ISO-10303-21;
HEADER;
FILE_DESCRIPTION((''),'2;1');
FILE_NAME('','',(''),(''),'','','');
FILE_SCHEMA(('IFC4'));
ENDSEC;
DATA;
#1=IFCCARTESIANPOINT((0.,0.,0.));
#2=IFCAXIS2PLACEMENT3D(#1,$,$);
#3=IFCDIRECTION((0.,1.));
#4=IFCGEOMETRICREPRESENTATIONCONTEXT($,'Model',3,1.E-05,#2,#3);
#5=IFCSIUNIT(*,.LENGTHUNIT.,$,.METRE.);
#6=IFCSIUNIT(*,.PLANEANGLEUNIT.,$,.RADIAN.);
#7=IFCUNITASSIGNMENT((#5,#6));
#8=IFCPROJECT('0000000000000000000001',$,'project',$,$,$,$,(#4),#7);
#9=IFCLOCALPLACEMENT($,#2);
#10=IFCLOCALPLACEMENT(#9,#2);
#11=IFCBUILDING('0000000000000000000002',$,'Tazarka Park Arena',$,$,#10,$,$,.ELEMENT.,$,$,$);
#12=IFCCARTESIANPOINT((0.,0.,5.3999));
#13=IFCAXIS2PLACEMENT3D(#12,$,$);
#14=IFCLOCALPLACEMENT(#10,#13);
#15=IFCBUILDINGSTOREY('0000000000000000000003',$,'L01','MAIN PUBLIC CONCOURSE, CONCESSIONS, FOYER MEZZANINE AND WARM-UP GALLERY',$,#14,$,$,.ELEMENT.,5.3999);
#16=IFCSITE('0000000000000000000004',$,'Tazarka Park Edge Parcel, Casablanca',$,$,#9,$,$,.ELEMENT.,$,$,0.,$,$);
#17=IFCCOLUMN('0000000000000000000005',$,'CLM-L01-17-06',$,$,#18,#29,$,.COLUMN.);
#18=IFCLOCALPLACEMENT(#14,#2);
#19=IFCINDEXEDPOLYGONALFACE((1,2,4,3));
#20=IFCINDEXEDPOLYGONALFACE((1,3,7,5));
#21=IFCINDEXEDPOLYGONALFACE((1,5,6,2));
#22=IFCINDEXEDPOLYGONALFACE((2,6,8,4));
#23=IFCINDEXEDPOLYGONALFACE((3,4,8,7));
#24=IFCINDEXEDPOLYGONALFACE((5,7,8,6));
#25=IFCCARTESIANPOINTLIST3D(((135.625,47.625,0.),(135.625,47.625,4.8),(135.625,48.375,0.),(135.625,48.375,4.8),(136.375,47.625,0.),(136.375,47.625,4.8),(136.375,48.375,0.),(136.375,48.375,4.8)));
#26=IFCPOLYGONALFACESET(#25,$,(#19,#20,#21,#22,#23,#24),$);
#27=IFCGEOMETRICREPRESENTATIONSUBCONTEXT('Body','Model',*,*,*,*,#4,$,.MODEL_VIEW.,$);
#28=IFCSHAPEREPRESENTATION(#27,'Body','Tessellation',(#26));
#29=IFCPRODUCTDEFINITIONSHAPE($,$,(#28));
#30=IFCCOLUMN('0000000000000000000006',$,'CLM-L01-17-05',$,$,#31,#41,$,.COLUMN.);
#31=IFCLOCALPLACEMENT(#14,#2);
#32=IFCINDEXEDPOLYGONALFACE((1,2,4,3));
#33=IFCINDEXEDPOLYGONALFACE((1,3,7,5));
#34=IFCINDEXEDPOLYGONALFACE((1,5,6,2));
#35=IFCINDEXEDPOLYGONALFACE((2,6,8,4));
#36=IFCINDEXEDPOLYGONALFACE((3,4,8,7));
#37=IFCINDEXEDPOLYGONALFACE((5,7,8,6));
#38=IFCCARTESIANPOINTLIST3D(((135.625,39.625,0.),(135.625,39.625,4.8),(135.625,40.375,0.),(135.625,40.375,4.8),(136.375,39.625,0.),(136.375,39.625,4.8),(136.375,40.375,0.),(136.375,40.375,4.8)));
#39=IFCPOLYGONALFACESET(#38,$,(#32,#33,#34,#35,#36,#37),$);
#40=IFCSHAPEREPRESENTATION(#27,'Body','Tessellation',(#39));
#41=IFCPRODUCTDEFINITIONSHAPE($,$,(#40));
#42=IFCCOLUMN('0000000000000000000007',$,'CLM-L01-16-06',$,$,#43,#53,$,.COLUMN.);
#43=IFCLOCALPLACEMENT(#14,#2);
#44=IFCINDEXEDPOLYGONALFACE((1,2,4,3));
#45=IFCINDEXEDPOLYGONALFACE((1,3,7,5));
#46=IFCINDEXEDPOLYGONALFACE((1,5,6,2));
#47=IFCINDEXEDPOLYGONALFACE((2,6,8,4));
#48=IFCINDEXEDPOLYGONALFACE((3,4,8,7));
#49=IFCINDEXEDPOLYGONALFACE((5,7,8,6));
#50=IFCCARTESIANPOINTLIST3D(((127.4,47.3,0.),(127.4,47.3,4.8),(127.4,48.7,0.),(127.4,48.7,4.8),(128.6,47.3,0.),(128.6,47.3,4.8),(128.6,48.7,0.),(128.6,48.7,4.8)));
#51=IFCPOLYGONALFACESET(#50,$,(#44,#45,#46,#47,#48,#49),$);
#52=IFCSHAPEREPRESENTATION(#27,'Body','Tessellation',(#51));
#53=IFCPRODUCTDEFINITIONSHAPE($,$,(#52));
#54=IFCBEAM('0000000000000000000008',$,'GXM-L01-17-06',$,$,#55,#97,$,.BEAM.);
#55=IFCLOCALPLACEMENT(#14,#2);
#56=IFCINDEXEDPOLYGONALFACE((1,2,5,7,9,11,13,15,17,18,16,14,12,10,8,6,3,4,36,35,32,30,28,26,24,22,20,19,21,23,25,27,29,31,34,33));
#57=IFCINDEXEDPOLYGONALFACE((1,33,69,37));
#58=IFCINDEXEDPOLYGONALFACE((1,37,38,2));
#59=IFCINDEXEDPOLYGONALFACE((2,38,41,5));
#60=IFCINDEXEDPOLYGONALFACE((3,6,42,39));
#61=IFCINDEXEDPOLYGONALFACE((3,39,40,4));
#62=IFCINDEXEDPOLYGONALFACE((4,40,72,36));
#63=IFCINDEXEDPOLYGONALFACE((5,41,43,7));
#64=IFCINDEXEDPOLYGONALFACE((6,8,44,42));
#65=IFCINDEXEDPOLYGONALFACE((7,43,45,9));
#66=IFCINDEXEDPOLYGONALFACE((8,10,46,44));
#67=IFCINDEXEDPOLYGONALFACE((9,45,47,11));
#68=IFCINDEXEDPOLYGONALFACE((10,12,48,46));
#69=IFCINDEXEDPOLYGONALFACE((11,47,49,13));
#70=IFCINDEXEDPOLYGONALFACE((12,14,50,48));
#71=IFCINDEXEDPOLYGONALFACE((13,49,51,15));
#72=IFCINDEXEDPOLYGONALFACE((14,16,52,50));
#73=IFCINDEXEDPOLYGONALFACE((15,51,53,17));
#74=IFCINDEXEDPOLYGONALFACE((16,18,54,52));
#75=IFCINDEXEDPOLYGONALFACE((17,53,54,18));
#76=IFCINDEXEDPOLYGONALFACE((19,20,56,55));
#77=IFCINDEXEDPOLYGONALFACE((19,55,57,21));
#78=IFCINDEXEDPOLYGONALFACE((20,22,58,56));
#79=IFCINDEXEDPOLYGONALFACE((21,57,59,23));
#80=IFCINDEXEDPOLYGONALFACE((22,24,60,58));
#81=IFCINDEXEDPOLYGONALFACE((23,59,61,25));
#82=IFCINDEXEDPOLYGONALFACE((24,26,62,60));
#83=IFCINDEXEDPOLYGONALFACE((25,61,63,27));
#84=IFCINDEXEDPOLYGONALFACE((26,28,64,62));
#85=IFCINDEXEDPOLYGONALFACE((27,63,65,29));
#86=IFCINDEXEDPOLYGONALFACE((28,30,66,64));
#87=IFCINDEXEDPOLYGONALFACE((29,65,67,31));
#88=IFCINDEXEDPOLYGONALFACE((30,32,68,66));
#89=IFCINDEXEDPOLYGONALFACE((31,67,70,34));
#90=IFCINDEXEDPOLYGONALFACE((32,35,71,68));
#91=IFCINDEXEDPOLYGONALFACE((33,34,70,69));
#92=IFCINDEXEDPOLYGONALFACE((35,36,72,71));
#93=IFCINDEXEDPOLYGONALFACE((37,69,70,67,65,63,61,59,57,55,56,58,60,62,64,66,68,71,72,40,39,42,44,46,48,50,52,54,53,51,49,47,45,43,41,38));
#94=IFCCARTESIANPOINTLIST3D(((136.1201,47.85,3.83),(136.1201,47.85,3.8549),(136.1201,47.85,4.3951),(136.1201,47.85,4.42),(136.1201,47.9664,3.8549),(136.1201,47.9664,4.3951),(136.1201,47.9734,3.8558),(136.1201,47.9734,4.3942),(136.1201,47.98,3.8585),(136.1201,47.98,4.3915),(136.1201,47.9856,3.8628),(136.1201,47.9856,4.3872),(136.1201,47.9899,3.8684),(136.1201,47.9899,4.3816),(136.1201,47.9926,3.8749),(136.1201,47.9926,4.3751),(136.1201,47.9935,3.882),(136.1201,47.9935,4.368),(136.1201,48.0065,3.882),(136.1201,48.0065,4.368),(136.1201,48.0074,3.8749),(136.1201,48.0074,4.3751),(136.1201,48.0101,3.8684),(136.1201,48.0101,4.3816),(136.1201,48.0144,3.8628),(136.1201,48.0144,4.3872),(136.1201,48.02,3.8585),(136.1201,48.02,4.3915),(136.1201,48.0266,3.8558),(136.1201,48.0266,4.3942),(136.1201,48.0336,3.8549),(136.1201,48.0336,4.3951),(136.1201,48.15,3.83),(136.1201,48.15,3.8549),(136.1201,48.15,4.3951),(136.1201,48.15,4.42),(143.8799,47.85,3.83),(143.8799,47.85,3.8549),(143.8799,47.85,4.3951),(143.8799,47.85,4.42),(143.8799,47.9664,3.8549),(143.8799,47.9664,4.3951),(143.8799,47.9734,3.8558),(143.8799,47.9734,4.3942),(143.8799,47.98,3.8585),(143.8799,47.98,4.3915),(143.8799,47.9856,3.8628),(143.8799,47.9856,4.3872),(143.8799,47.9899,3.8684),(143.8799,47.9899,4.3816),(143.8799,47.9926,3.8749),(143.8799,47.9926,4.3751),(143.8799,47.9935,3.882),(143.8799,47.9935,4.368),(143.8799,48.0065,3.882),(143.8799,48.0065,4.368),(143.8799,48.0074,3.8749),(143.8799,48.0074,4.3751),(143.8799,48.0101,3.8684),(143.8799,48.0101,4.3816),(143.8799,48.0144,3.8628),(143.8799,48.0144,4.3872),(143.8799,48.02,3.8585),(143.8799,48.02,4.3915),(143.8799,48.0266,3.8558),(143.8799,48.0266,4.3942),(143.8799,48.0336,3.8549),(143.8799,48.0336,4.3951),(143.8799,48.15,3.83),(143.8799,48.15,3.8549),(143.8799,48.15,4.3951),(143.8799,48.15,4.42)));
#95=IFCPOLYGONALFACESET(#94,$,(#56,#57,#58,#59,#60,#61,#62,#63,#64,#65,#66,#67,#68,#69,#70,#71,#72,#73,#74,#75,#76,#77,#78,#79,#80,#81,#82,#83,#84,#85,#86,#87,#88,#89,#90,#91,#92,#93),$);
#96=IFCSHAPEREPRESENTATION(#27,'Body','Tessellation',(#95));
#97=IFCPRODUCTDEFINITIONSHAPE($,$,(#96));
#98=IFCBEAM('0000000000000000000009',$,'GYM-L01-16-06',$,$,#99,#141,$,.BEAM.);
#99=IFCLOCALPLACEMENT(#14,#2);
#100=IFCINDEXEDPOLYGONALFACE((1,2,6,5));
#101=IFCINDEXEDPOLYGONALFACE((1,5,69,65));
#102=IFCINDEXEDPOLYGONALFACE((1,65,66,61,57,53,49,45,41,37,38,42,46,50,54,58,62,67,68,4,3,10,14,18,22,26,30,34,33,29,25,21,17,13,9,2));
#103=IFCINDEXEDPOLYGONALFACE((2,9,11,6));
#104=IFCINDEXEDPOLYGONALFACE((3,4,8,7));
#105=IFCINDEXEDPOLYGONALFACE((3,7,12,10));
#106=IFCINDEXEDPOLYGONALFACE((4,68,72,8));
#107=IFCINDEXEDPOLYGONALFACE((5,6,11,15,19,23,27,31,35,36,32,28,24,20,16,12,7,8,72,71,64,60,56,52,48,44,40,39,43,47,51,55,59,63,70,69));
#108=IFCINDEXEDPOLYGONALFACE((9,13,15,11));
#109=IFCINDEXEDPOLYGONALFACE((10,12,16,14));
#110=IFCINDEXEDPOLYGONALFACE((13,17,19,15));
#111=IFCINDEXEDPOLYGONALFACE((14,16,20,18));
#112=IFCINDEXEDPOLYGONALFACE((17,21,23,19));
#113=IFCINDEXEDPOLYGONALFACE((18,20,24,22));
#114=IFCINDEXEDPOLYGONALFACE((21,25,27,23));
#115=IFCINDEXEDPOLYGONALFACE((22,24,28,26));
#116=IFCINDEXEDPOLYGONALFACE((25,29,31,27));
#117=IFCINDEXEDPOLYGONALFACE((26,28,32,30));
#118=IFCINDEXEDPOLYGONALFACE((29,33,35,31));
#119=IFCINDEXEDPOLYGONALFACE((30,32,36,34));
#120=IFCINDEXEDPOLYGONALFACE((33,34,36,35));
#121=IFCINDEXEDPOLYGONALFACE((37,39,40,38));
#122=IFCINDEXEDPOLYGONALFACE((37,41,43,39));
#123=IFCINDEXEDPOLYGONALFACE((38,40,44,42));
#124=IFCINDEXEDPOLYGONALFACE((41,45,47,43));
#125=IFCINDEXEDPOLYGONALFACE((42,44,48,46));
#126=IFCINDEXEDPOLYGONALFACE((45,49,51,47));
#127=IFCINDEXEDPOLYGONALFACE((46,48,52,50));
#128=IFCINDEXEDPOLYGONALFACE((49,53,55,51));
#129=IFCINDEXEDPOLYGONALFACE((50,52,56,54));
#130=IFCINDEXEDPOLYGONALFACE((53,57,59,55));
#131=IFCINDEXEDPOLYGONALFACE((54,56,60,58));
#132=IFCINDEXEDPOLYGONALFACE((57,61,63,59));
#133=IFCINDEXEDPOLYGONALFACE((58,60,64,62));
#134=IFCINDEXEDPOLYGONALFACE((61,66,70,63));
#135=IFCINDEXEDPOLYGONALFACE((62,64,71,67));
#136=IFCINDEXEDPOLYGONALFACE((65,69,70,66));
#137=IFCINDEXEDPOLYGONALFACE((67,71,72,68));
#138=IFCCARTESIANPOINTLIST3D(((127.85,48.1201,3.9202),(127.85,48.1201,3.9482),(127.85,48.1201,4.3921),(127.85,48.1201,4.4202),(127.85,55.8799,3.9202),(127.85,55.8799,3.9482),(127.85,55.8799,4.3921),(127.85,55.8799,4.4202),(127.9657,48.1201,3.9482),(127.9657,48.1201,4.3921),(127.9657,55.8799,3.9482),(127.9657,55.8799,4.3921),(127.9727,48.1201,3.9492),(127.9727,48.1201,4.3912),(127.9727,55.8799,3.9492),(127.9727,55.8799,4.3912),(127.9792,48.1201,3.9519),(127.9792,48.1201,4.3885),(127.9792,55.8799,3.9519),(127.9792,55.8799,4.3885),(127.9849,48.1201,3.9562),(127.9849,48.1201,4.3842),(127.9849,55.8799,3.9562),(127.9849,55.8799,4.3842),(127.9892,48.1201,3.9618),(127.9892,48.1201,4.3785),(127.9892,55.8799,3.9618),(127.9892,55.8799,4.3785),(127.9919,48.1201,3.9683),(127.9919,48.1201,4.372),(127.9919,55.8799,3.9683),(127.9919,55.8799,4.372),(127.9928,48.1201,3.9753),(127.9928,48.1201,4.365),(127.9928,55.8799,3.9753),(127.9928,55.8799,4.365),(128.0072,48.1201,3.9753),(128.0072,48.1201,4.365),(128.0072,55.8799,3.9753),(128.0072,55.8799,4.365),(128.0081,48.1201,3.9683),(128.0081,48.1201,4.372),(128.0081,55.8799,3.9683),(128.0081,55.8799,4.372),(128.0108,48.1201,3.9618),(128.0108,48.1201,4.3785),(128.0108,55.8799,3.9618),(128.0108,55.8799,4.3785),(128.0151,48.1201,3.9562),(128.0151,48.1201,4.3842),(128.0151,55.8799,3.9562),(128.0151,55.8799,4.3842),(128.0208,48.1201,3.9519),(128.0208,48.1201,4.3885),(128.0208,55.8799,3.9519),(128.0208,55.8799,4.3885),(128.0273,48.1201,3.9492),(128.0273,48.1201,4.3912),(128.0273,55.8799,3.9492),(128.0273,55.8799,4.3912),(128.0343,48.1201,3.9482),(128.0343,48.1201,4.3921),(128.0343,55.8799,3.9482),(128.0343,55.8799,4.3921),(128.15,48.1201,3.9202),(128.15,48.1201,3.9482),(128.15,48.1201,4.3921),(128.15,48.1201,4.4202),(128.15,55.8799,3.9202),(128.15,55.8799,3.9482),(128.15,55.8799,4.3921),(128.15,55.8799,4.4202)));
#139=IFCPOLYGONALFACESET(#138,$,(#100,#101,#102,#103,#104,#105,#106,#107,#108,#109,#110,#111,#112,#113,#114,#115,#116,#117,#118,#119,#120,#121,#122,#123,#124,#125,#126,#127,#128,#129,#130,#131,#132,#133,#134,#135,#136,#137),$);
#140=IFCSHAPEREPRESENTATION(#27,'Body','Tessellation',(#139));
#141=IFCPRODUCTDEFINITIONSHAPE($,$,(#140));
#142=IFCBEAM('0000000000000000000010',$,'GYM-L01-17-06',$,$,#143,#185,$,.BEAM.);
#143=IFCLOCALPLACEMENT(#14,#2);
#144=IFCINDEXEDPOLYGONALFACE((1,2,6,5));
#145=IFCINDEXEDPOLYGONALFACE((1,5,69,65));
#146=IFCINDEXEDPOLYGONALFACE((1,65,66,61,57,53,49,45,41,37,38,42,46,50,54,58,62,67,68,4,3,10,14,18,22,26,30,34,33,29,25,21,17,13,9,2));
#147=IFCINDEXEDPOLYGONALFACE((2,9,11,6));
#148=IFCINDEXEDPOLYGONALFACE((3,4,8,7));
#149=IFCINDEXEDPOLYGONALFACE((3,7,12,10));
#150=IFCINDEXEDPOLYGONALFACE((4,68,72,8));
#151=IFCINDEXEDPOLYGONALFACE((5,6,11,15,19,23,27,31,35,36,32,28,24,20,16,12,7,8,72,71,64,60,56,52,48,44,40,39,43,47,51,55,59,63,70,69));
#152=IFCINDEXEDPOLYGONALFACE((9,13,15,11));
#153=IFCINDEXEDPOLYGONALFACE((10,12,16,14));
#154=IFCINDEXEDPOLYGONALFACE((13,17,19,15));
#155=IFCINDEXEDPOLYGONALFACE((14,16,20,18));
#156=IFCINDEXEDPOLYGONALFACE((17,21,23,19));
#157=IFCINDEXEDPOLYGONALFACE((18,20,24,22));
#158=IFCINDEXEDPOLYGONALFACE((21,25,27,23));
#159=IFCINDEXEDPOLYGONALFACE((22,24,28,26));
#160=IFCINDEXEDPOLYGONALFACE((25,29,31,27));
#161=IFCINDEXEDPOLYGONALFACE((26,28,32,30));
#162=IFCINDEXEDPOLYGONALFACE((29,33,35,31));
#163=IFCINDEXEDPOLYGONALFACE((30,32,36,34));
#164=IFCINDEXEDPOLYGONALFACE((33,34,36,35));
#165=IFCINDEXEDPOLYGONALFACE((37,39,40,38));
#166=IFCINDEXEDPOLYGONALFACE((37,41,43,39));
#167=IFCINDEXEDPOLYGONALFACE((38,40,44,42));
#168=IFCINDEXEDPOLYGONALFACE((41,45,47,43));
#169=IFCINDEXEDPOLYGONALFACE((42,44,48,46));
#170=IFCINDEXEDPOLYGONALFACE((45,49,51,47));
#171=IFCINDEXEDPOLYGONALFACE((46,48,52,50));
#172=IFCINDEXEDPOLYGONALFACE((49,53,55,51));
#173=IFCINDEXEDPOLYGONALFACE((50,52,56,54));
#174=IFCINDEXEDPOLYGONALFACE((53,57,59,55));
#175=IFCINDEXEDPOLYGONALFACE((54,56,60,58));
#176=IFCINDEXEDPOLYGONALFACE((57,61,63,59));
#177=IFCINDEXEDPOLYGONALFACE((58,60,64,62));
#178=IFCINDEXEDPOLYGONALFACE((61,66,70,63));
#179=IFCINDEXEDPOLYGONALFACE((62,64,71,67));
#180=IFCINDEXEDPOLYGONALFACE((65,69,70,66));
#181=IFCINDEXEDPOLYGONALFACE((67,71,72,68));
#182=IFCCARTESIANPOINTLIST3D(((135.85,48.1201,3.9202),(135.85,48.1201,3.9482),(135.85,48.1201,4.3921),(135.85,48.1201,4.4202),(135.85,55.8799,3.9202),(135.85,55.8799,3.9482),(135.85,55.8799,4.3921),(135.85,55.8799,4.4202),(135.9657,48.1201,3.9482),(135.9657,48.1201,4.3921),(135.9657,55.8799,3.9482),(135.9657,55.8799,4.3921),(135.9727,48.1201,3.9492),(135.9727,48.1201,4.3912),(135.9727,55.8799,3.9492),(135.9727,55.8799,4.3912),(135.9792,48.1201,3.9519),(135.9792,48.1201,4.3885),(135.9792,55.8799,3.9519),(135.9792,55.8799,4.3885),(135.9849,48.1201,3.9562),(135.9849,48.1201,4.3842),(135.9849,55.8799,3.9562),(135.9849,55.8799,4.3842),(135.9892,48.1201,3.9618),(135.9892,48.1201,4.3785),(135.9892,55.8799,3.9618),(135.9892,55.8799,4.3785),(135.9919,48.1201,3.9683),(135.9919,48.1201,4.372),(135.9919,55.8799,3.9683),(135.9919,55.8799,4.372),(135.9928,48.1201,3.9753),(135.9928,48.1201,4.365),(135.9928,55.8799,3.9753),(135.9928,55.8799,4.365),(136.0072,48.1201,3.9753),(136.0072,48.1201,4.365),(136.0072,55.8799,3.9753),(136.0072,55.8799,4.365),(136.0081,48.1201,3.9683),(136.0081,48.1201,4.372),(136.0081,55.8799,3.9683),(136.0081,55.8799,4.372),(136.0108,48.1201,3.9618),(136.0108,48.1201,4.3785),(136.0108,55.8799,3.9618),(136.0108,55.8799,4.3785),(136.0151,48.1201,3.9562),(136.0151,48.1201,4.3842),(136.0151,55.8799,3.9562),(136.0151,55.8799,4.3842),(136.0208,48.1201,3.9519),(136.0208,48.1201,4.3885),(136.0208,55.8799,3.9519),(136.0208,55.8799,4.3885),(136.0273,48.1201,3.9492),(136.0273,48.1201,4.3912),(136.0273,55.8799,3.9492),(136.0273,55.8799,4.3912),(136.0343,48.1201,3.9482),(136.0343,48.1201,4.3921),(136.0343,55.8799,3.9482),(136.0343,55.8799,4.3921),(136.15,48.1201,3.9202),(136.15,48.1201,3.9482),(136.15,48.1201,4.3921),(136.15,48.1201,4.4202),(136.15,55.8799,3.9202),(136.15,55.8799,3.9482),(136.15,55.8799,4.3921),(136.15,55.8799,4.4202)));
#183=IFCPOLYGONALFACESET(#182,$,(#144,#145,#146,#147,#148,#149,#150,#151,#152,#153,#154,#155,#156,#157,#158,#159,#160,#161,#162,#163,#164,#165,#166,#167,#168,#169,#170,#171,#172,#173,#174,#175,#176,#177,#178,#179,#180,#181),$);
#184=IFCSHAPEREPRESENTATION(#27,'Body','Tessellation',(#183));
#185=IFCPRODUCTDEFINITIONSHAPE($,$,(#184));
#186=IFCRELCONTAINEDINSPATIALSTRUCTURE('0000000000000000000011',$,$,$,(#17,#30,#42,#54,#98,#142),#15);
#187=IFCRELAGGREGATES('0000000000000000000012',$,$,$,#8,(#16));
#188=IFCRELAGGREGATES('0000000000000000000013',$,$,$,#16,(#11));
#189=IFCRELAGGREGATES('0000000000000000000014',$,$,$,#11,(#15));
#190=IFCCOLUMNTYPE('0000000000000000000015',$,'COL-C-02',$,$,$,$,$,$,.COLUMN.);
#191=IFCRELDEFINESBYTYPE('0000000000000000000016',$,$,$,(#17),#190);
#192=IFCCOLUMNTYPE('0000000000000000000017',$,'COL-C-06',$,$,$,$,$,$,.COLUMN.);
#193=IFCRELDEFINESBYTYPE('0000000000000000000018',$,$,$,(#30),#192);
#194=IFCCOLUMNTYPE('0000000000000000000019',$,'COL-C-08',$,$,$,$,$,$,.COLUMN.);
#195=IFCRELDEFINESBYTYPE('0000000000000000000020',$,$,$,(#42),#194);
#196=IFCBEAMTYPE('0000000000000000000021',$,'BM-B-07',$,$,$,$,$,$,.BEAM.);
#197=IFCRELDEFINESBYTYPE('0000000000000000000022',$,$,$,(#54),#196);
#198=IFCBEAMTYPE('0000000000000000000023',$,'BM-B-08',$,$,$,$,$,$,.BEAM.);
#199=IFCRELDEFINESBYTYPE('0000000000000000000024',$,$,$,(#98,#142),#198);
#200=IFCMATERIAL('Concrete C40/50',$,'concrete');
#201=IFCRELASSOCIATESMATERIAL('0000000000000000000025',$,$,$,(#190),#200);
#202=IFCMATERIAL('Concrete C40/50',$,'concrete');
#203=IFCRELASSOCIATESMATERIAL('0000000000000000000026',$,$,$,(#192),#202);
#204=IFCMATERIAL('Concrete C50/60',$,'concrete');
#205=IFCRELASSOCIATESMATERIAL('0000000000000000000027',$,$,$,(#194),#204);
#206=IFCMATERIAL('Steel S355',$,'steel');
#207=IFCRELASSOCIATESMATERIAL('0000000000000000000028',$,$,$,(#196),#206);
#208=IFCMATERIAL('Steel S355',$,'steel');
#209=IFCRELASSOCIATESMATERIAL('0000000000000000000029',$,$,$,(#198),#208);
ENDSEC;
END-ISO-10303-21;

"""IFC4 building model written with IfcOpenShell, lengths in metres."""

from ifc_helpers import new_model, si_unit, direction, frame, origin, origin_2d, place, context, subcontext, project, spatial, rectangle, i_section, extrude, material, material_profile, profile_set, type_object, element, save


model = new_model("IFC4")

# Units and contexts
model_context = context("Model", 3, precision=1e-05, world=origin(), true_north=direction((0.0, 1.0)))
body_context = subcontext(model_context, "Body", "Model", "MODEL_VIEW")
ifc_project = project(units=[si_unit("LENGTHUNIT", "METRE"), si_unit("PLANEANGLEUNIT", "RADIAN")], contexts=[model_context])

# Site, building, storey
site_placement = place(None, origin())
site = spatial("IfcSite", under=ifc_project, at=site_placement, Name="Tazarka Park Edge Parcel, Casablanca", CompositionType="ELEMENT", RefElevation=0.0)
building_placement = place(site_placement, origin())
building = spatial("IfcBuilding", under=site, at=building_placement, Name="Tazarka Park Arena", CompositionType="ELEMENT")
storey_placement = place(building_placement, frame((0.0, 0.0, 5.3999)))
storey = spatial("IfcBuildingStorey", under=building, at=storey_placement, Name="L01", Description="MAIN PUBLIC CONCOURSE, CONCESSIONS, FOYER MEZZANINE AND WARM-UP GALLERY", CompositionType="ELEMENT", Elevation=5.3999)

# Columns
ifc_material_1 = material(Name="Concrete C40/50", Category="concrete")
ifc_material_profile_1 = material_profile(ifc_material_1, rectangle(XDim=0.75, YDim=0.75, at=origin_2d()), Name="Concrete C40/50")
ifc_profile_set_1 = profile_set([ifc_material_profile_1], Name="Concrete C40/50")
column_type_1 = type_object("IfcColumnType", Name="COL-C-02", PredefinedType="COLUMN", material=ifc_profile_set_1)
column_1_placement = place(storey_placement, frame((136.0, 48.0, 0.0), z_axis=(0.0, 0.0, 1.0), x_axis=(1.0, 0.0, 0.0)))
element("IfcColumn", 1, at=column_1_placement, inside=storey, type_object=column_type_1, Name="CLM-L01-17-06", PredefinedType="COLUMN", context=body_context, shape_type="SweptSolid", body=[
    extrude(rectangle(XDim=0.75, YDim=0.75, at=origin_2d()), origin(), (0.0, 0.0, 1.0), 4.8),
])
ifc_material_2 = material(Name="Concrete C40/50", Category="concrete")
ifc_material_profile_2 = material_profile(ifc_material_2, rectangle(XDim=0.75, YDim=0.75, at=origin_2d()), Name="Concrete C40/50")
ifc_profile_set_2 = profile_set([ifc_material_profile_2], Name="Concrete C40/50")
column_type_2 = type_object("IfcColumnType", Name="COL-C-06", PredefinedType="COLUMN", material=ifc_profile_set_2)
column_2_placement = place(storey_placement, frame((136.0, 40.0, 0.0), z_axis=(0.0, 0.0, 1.0), x_axis=(1.0, 0.0, 0.0)))
element("IfcColumn", 2, at=column_2_placement, inside=storey, type_object=column_type_2, Name="CLM-L01-17-05", PredefinedType="COLUMN", context=body_context, shape_type="SweptSolid", body=[
    extrude(rectangle(XDim=0.75, YDim=0.75, at=origin_2d()), origin(), (0.0, 0.0, 1.0), 4.8),
])
ifc_material_3 = material(Name="Concrete C50/60", Category="concrete")
ifc_material_profile_3 = material_profile(ifc_material_3, rectangle(XDim=1.2, YDim=1.3999, at=origin_2d()), Name="Concrete C50/60")
ifc_profile_set_3 = profile_set([ifc_material_profile_3], Name="Concrete C50/60")
column_type_3 = type_object("IfcColumnType", Name="COL-C-08", PredefinedType="COLUMN", material=ifc_profile_set_3)
column_3_placement = place(storey_placement, frame((128.0, 48.0, 0.0), z_axis=(0.0, 0.0, 1.0), x_axis=(1.0, 0.0, 0.0)))
element("IfcColumn", 3, at=column_3_placement, inside=storey, type_object=column_type_3, Name="CLM-L01-16-06", PredefinedType="COLUMN", context=body_context, shape_type="SweptSolid", body=[
    extrude(rectangle(XDim=1.2, YDim=1.3999, at=origin_2d()), origin(), (0.0, 0.0, 1.0), 4.8),
])

# Beams
ifc_material_4 = material(Name="Steel S355", Category="steel")
ifc_material_profile_4 = material_profile(ifc_material_4, i_section(OverallWidth=0.3, OverallDepth=0.5901, WebThickness=0.0129, FlangeThickness=0.0249, FilletRadius=0.0271, at=origin_2d()), Name="Steel S355")
ifc_profile_set_4 = profile_set([ifc_material_profile_4], Name="Steel S355")
beam_type_1 = type_object("IfcBeamType", Name="BM-B-07", PredefinedType="BEAM", material=ifc_profile_set_4)
beam_1_placement = place(storey_placement, frame((136.1201, 48.0, 4.125), z_axis=(1.0, 0.0, 0.0), x_axis=(0.0, 1.0, 0.0)))
element("IfcBeam", 4, at=beam_1_placement, inside=storey, type_object=beam_type_1, Name="GXM-L01-17-06", PredefinedType="BEAM", context=body_context, shape_type="SweptSolid", body=[
    extrude(i_section(OverallWidth=0.3, OverallDepth=0.5901, WebThickness=0.0129, FlangeThickness=0.0249, FilletRadius=0.0271, at=origin_2d()), origin(), (0.0, 0.0, 1.0), 7.7598),
])
ifc_material_5 = material(Name="Steel S355", Category="steel")
ifc_material_profile_5 = material_profile(ifc_material_5, i_section(OverallWidth=0.3, OverallDepth=0.5, WebThickness=0.0144, FlangeThickness=0.0281, FilletRadius=0.0271, at=origin_2d()), Name="Steel S355")
ifc_profile_set_5 = profile_set([ifc_material_profile_5], Name="Steel S355")
beam_type_2 = type_object("IfcBeamType", Name="BM-B-08", PredefinedType="BEAM", material=ifc_profile_set_5)
for number, where, z_axis, x_axis, name in (
    (5, (128.0, 48.1201, 4.1702), (0.0, 1.0, 0.0), (-1.0, 0.0, 0.0), "GYM-L01-16-06"),
    (6, (136.0, 48.1201, 4.1702), (0.0, 1.0, 0.0), (-1.0, 0.0, 0.0), "GYM-L01-17-06"),
):
    element("IfcBeam", number, at=place(storey_placement, frame(where, z_axis=z_axis, x_axis=x_axis)), inside=storey, type_object=beam_type_2, Name=name, PredefinedType="BEAM", context=body_context, shape_type="SweptSolid", body=[
        extrude(i_section(OverallWidth=0.3, OverallDepth=0.5, WebThickness=0.0144, FlangeThickness=0.0281, FilletRadius=0.0271, at=origin_2d()), origin(), (0.0, 0.0, 1.0), 7.7598),
    ])

save(model, "model.ifc")
